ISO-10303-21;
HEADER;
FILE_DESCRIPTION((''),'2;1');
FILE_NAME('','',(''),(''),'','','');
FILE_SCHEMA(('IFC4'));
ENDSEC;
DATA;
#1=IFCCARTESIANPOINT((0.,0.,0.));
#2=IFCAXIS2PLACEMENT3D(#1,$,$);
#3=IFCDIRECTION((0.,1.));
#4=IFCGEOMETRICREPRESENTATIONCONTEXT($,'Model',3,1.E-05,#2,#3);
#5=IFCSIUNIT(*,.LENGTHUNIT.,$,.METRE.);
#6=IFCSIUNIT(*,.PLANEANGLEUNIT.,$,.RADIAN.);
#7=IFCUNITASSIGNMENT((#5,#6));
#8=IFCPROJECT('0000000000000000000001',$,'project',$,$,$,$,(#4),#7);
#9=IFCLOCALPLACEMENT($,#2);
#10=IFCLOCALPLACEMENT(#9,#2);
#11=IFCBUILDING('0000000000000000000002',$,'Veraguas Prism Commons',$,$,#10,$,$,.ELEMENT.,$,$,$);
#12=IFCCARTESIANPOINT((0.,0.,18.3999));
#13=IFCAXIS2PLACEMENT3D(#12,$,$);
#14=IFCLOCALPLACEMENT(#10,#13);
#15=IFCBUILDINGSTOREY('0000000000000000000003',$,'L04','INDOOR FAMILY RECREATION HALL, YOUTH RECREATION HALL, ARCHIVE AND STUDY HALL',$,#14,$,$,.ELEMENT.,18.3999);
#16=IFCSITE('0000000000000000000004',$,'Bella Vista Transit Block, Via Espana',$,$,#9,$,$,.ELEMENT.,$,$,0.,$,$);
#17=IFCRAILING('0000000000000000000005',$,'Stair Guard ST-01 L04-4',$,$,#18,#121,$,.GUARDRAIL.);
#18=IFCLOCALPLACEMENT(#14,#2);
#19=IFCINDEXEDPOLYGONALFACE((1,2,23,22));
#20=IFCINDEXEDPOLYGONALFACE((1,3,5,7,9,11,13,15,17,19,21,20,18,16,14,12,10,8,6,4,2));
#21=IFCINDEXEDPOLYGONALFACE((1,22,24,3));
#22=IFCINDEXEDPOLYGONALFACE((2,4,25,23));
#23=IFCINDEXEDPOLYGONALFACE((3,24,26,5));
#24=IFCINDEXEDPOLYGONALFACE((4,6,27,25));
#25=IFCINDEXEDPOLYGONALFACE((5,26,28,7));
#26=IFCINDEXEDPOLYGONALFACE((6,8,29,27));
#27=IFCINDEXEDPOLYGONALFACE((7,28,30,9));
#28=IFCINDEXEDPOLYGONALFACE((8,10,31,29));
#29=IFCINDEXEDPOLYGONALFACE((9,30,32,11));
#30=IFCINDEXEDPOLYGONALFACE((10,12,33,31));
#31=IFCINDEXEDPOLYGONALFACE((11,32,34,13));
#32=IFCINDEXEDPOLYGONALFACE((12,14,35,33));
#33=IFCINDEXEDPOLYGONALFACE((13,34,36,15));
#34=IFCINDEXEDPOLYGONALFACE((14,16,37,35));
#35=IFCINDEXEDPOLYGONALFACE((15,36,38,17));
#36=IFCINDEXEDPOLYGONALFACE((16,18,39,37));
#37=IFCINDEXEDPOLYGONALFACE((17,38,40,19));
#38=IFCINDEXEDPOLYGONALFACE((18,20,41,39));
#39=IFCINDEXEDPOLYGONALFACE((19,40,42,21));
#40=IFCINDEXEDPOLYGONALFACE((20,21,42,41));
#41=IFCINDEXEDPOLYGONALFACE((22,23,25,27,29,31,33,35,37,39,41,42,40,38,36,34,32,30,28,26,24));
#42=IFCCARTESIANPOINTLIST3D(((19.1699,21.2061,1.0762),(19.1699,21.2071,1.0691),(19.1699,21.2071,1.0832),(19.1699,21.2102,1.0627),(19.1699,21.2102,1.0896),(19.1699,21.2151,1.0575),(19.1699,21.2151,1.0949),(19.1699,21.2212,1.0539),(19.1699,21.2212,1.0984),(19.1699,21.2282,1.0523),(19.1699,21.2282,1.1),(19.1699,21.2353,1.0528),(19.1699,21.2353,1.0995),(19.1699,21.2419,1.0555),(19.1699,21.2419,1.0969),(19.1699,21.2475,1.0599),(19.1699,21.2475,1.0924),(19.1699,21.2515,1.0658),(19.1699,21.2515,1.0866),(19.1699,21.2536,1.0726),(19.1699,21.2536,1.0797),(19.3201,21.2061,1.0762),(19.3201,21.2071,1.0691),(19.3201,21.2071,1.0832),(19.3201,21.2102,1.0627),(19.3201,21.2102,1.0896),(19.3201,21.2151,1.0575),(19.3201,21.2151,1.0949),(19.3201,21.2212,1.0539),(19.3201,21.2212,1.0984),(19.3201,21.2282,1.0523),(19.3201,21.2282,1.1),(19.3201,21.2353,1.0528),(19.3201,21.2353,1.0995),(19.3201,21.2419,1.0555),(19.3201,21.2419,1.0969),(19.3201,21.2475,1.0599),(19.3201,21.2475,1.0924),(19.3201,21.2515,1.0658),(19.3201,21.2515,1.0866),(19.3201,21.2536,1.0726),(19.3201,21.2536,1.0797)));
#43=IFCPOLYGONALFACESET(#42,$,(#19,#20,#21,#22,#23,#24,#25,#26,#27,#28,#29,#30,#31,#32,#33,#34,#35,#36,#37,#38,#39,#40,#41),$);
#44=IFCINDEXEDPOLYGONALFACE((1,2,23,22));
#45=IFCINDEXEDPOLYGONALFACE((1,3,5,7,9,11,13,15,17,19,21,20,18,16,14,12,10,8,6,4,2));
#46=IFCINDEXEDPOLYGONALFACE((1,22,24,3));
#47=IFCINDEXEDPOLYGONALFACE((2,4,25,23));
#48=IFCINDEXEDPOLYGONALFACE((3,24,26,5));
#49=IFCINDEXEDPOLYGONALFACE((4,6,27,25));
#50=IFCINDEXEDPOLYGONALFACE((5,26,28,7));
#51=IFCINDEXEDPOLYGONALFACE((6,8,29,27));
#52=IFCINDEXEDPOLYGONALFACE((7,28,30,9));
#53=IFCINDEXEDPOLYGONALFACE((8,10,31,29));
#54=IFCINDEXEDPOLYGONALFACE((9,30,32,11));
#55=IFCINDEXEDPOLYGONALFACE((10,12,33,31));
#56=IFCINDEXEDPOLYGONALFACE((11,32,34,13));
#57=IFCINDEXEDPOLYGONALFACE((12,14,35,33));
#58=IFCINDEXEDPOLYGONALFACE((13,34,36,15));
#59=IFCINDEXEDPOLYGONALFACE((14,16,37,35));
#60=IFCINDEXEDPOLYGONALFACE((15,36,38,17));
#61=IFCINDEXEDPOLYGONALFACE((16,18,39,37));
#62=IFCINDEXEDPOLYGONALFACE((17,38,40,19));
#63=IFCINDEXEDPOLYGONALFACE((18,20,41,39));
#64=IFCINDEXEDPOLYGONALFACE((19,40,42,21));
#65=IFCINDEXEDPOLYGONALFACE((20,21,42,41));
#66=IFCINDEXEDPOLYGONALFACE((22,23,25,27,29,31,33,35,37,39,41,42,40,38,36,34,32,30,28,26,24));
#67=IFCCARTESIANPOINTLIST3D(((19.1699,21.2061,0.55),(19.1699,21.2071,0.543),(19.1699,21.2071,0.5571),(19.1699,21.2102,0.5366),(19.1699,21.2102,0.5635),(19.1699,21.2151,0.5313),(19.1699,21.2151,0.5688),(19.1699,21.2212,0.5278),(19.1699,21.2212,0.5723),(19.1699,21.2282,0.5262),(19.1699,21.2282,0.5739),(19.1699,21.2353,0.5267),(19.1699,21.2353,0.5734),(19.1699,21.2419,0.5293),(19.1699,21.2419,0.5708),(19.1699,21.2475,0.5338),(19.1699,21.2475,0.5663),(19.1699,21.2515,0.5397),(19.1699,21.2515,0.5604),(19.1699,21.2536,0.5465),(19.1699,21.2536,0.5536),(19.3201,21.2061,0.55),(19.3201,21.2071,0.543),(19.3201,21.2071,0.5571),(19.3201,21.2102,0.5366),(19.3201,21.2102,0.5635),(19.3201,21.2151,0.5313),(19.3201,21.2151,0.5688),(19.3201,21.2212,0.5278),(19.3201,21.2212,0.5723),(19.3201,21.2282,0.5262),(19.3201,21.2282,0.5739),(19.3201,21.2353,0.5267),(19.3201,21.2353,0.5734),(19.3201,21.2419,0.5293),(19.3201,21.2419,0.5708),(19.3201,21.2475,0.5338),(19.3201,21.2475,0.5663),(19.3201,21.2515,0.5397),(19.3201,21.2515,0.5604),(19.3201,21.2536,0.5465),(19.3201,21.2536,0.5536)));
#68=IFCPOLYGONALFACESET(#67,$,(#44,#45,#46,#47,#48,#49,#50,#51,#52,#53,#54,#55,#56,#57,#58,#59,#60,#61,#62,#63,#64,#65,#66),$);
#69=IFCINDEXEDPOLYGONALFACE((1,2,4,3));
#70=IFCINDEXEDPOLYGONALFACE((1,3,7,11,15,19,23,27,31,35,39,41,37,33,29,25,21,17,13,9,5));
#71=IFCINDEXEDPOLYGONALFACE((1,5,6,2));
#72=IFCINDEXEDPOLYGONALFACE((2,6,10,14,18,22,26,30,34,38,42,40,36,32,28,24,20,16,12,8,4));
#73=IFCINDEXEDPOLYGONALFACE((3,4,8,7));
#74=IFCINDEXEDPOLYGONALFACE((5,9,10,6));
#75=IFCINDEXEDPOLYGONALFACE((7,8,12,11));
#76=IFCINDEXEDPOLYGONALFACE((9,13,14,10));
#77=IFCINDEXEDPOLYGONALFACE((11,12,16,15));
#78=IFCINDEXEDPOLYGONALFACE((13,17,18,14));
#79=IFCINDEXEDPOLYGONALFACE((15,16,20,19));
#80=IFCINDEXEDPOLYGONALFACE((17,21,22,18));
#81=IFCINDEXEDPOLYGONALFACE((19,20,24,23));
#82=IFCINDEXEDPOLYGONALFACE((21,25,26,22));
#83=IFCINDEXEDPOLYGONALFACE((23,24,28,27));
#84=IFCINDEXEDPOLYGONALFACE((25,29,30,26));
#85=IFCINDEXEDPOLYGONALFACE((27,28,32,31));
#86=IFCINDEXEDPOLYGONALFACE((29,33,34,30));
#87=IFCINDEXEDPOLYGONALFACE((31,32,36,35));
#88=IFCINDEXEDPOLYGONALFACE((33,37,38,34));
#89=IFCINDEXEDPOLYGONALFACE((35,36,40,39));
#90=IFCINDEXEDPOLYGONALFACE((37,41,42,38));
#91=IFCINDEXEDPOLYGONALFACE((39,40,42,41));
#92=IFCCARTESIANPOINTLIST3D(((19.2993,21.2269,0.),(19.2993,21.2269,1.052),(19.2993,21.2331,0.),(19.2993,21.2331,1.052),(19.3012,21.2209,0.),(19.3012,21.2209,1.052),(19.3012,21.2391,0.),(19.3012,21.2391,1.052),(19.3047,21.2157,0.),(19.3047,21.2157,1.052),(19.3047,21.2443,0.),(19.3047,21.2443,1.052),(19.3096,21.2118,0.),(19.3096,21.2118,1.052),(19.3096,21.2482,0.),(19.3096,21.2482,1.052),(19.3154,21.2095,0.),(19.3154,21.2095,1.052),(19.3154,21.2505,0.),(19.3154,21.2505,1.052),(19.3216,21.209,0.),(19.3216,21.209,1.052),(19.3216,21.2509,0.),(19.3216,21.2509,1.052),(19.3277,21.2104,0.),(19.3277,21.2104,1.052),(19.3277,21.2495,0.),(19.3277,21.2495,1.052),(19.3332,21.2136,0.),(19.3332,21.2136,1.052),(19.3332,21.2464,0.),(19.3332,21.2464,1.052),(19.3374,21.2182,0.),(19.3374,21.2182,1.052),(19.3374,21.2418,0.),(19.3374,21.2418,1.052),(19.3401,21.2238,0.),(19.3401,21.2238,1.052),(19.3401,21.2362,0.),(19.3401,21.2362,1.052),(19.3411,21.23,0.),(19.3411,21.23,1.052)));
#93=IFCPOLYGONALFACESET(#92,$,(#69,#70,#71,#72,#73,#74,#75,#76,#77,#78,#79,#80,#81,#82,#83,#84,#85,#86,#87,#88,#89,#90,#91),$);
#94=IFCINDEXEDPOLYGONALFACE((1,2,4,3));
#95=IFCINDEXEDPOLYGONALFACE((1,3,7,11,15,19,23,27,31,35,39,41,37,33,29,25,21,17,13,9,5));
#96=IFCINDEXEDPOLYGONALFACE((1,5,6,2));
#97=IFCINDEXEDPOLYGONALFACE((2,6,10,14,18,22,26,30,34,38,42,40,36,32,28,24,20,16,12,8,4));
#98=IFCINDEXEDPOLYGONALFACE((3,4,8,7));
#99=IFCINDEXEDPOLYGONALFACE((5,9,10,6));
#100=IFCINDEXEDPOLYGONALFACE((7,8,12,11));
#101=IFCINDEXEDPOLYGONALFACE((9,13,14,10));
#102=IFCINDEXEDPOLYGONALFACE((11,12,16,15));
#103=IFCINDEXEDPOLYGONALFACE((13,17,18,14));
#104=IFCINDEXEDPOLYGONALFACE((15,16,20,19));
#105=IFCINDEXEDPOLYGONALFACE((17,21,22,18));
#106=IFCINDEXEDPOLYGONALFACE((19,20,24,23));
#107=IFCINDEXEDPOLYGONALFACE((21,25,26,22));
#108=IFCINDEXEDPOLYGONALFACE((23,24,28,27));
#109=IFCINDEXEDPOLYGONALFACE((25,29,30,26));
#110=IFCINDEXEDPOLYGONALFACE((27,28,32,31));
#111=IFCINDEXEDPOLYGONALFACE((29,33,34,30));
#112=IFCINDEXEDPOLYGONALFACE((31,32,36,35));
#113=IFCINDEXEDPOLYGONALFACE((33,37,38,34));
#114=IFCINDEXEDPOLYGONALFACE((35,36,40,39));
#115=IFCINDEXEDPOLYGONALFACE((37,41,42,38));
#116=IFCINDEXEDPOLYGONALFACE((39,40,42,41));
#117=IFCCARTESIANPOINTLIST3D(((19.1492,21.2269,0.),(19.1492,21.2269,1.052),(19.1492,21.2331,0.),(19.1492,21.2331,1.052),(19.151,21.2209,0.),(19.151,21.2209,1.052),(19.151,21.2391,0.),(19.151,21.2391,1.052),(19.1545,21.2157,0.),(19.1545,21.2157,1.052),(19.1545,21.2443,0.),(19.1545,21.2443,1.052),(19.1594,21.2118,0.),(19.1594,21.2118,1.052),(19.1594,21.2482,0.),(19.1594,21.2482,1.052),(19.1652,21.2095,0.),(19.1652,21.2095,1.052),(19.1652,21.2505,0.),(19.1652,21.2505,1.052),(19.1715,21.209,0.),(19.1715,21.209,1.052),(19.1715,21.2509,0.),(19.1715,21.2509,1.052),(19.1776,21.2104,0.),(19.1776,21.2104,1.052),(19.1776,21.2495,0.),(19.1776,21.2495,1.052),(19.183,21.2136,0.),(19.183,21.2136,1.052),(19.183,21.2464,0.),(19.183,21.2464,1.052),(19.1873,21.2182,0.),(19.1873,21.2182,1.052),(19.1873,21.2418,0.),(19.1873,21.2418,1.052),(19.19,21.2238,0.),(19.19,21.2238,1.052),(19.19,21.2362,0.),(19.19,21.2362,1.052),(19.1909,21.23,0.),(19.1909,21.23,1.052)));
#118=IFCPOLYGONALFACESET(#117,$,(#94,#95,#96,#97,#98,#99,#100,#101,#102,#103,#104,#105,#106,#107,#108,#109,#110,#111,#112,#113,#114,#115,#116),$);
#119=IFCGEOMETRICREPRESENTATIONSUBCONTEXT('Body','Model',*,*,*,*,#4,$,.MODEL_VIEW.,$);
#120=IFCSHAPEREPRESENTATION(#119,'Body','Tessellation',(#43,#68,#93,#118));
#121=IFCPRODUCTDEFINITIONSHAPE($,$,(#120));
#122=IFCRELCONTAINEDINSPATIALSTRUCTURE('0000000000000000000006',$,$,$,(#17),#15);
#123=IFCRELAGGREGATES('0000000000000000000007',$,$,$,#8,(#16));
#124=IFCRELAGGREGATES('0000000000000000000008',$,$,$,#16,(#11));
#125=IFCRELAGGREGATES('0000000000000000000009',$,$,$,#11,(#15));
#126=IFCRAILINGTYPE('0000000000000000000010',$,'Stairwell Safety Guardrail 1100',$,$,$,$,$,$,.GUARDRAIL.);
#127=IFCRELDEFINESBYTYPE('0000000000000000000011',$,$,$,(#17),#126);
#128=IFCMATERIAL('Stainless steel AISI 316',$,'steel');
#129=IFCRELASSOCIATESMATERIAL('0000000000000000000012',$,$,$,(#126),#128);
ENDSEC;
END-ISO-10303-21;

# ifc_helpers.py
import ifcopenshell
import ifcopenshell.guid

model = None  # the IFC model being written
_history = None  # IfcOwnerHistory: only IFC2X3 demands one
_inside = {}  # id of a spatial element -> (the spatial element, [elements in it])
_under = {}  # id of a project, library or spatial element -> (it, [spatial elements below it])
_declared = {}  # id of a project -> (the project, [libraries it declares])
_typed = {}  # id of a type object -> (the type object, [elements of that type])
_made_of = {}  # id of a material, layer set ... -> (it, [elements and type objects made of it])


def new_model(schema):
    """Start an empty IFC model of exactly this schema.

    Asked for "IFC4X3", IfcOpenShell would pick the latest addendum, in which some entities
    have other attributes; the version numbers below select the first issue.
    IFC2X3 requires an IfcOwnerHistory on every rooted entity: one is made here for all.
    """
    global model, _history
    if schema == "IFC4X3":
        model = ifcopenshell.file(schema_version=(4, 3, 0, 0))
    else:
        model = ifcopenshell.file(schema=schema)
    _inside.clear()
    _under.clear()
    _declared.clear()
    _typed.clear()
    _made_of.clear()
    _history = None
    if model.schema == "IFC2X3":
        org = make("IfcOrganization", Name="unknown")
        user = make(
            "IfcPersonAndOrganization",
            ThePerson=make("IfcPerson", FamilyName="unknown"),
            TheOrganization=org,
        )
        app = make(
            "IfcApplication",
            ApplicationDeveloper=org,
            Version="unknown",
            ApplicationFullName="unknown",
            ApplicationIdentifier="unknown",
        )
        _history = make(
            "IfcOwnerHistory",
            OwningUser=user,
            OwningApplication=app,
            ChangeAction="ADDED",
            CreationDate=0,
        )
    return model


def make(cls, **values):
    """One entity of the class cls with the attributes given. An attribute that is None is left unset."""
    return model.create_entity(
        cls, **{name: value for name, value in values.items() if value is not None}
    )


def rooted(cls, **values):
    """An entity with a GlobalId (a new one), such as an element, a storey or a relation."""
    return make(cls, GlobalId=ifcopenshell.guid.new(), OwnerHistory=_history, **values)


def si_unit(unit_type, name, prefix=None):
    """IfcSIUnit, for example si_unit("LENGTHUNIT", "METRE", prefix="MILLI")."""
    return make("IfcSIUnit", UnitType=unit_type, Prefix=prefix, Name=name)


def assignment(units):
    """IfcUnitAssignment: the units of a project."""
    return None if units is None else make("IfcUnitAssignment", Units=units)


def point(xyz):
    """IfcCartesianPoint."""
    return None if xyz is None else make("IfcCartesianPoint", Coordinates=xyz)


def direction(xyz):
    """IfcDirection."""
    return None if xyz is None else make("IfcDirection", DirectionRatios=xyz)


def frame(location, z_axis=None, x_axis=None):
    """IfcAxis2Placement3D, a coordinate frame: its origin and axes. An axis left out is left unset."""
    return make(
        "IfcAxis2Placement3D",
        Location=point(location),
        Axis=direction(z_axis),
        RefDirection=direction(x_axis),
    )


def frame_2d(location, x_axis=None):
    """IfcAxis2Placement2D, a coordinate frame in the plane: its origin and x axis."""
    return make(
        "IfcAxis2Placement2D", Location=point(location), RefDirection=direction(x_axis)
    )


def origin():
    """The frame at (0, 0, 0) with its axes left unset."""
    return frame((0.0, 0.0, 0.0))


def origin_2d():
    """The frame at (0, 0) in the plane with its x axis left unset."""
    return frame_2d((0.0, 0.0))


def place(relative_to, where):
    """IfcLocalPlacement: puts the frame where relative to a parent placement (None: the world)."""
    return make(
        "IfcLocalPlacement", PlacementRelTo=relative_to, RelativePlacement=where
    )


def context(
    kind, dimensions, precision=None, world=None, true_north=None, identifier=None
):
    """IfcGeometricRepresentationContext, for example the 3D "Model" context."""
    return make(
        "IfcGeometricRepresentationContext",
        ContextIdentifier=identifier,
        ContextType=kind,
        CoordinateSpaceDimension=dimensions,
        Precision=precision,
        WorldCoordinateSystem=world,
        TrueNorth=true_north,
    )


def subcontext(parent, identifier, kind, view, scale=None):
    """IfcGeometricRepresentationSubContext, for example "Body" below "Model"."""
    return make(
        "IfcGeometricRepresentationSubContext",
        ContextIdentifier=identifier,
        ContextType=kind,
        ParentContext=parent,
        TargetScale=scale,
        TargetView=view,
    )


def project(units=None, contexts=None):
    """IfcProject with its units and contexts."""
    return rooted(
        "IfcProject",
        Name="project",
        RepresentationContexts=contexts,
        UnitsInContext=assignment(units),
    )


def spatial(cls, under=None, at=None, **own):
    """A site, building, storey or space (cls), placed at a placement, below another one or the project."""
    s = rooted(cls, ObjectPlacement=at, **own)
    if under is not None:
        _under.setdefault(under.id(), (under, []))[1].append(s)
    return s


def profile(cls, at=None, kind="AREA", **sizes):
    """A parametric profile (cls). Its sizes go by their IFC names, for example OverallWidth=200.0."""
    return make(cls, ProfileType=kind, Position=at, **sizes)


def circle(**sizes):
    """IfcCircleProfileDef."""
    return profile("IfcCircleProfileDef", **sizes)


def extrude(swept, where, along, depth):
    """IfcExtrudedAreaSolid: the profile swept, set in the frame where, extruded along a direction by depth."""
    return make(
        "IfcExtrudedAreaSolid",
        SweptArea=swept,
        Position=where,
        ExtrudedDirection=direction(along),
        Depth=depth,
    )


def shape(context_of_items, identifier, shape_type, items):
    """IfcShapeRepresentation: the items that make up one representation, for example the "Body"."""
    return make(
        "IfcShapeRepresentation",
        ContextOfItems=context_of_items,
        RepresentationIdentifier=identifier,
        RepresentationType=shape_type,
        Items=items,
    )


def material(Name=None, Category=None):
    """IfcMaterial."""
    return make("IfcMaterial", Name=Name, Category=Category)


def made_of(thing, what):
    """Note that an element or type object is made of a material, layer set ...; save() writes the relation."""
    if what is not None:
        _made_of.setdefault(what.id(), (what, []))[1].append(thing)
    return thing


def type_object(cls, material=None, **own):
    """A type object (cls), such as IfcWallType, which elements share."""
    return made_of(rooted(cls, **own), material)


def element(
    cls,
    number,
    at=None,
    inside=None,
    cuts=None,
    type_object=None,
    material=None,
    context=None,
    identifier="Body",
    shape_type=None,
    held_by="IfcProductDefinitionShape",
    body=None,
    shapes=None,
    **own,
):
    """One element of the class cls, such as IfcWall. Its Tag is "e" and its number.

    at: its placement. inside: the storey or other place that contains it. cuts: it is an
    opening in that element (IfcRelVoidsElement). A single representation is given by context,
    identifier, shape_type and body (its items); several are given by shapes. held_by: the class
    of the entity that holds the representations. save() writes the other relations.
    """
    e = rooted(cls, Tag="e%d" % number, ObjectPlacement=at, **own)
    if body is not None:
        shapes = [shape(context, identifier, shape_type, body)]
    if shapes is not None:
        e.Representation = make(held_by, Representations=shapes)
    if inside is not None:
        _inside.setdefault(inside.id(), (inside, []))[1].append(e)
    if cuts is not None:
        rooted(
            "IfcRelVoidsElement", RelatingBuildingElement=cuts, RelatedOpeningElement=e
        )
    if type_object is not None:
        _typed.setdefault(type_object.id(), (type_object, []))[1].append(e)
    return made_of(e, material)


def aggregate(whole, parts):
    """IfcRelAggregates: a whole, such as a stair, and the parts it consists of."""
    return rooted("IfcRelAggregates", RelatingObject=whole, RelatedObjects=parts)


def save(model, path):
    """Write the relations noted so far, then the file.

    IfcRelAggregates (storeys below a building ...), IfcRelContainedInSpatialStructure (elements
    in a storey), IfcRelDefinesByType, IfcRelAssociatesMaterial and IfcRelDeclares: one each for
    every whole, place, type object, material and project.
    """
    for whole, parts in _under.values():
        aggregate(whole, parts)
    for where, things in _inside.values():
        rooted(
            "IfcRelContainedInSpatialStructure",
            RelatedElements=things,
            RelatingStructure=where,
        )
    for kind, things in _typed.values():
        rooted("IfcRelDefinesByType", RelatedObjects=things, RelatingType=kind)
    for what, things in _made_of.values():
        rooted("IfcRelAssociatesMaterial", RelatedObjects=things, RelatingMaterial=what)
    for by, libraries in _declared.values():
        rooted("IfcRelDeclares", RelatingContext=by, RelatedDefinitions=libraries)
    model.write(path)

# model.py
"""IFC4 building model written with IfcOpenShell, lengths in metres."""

from ifc_helpers import new_model, si_unit, direction, frame, origin, origin_2d, place, context, subcontext, project, spatial, circle, extrude, material, type_object, element, save


model = new_model("IFC4")

# Units and contexts
model_context = context("Model", 3, precision=1e-05, world=origin(), true_north=direction((0.0, 1.0)))
body_context = subcontext(model_context, "Body", "Model", "MODEL_VIEW")
ifc_project = project(units=[si_unit("LENGTHUNIT", "METRE"), si_unit("PLANEANGLEUNIT", "RADIAN")], contexts=[model_context])

# Site, building, storey
site_placement = place(None, origin())
site = spatial("IfcSite", under=ifc_project, at=site_placement, Name="Bella Vista Transit Block, Via Espana", CompositionType="ELEMENT", RefElevation=0.0)
building_placement = place(site_placement, origin())
building = spatial("IfcBuilding", under=site, at=building_placement, Name="Veraguas Prism Commons", CompositionType="ELEMENT")
storey_placement = place(building_placement, frame((0.0, 0.0, 18.3999)))
storey = spatial("IfcBuildingStorey", under=building, at=storey_placement, Name="L04", Description="INDOOR FAMILY RECREATION HALL, YOUTH RECREATION HALL, ARCHIVE AND STUDY HALL", CompositionType="ELEMENT", Elevation=18.3999)

# Shared definitions
ifc_material_1 = material(Name="Stainless steel AISI 316", Category="steel")

# Railing
railing_type = type_object("IfcRailingType", Name="Stairwell Safety Guardrail 1100", PredefinedType="GUARDRAIL", material=ifc_material_1)
railing_1_placement = place(storey_placement, frame((19.3201, 21.23, 0.0)))
element("IfcRailing", 1, at=railing_1_placement, inside=storey, type_object=railing_type, Name="Stair Guard ST-01 L04-4", PredefinedType="GUARDRAIL", context=body_context, shape_type="SweptSolid", body=[
    extrude(circle(Radius=0.0239, at=origin_2d()), frame((0.0, 0.0, 1.0762), z_axis=(-1.0, 0.0, 0.0), x_axis=(0.0, -1.0, 0.0)), (0.0, 0.0, 1.0), 0.1501),
    extrude(circle(Radius=0.0239, at=origin_2d()), frame((0.0, 0.0, 0.55), z_axis=(-1.0, 0.0, 0.0), x_axis=(0.0, -1.0, 0.0)), (0.0, 0.0, 1.0), 0.1501),
    extrude(circle(Radius=0.021, at=origin_2d()), origin(), (0.0, 0.0, 1.0), 1.052),
    extrude(circle(Radius=0.021, at=origin_2d()), frame((-0.1501, 0.0, 0.0)), (0.0, 0.0, 1.0), 1.052),
])

save(model, "model.ifc")
